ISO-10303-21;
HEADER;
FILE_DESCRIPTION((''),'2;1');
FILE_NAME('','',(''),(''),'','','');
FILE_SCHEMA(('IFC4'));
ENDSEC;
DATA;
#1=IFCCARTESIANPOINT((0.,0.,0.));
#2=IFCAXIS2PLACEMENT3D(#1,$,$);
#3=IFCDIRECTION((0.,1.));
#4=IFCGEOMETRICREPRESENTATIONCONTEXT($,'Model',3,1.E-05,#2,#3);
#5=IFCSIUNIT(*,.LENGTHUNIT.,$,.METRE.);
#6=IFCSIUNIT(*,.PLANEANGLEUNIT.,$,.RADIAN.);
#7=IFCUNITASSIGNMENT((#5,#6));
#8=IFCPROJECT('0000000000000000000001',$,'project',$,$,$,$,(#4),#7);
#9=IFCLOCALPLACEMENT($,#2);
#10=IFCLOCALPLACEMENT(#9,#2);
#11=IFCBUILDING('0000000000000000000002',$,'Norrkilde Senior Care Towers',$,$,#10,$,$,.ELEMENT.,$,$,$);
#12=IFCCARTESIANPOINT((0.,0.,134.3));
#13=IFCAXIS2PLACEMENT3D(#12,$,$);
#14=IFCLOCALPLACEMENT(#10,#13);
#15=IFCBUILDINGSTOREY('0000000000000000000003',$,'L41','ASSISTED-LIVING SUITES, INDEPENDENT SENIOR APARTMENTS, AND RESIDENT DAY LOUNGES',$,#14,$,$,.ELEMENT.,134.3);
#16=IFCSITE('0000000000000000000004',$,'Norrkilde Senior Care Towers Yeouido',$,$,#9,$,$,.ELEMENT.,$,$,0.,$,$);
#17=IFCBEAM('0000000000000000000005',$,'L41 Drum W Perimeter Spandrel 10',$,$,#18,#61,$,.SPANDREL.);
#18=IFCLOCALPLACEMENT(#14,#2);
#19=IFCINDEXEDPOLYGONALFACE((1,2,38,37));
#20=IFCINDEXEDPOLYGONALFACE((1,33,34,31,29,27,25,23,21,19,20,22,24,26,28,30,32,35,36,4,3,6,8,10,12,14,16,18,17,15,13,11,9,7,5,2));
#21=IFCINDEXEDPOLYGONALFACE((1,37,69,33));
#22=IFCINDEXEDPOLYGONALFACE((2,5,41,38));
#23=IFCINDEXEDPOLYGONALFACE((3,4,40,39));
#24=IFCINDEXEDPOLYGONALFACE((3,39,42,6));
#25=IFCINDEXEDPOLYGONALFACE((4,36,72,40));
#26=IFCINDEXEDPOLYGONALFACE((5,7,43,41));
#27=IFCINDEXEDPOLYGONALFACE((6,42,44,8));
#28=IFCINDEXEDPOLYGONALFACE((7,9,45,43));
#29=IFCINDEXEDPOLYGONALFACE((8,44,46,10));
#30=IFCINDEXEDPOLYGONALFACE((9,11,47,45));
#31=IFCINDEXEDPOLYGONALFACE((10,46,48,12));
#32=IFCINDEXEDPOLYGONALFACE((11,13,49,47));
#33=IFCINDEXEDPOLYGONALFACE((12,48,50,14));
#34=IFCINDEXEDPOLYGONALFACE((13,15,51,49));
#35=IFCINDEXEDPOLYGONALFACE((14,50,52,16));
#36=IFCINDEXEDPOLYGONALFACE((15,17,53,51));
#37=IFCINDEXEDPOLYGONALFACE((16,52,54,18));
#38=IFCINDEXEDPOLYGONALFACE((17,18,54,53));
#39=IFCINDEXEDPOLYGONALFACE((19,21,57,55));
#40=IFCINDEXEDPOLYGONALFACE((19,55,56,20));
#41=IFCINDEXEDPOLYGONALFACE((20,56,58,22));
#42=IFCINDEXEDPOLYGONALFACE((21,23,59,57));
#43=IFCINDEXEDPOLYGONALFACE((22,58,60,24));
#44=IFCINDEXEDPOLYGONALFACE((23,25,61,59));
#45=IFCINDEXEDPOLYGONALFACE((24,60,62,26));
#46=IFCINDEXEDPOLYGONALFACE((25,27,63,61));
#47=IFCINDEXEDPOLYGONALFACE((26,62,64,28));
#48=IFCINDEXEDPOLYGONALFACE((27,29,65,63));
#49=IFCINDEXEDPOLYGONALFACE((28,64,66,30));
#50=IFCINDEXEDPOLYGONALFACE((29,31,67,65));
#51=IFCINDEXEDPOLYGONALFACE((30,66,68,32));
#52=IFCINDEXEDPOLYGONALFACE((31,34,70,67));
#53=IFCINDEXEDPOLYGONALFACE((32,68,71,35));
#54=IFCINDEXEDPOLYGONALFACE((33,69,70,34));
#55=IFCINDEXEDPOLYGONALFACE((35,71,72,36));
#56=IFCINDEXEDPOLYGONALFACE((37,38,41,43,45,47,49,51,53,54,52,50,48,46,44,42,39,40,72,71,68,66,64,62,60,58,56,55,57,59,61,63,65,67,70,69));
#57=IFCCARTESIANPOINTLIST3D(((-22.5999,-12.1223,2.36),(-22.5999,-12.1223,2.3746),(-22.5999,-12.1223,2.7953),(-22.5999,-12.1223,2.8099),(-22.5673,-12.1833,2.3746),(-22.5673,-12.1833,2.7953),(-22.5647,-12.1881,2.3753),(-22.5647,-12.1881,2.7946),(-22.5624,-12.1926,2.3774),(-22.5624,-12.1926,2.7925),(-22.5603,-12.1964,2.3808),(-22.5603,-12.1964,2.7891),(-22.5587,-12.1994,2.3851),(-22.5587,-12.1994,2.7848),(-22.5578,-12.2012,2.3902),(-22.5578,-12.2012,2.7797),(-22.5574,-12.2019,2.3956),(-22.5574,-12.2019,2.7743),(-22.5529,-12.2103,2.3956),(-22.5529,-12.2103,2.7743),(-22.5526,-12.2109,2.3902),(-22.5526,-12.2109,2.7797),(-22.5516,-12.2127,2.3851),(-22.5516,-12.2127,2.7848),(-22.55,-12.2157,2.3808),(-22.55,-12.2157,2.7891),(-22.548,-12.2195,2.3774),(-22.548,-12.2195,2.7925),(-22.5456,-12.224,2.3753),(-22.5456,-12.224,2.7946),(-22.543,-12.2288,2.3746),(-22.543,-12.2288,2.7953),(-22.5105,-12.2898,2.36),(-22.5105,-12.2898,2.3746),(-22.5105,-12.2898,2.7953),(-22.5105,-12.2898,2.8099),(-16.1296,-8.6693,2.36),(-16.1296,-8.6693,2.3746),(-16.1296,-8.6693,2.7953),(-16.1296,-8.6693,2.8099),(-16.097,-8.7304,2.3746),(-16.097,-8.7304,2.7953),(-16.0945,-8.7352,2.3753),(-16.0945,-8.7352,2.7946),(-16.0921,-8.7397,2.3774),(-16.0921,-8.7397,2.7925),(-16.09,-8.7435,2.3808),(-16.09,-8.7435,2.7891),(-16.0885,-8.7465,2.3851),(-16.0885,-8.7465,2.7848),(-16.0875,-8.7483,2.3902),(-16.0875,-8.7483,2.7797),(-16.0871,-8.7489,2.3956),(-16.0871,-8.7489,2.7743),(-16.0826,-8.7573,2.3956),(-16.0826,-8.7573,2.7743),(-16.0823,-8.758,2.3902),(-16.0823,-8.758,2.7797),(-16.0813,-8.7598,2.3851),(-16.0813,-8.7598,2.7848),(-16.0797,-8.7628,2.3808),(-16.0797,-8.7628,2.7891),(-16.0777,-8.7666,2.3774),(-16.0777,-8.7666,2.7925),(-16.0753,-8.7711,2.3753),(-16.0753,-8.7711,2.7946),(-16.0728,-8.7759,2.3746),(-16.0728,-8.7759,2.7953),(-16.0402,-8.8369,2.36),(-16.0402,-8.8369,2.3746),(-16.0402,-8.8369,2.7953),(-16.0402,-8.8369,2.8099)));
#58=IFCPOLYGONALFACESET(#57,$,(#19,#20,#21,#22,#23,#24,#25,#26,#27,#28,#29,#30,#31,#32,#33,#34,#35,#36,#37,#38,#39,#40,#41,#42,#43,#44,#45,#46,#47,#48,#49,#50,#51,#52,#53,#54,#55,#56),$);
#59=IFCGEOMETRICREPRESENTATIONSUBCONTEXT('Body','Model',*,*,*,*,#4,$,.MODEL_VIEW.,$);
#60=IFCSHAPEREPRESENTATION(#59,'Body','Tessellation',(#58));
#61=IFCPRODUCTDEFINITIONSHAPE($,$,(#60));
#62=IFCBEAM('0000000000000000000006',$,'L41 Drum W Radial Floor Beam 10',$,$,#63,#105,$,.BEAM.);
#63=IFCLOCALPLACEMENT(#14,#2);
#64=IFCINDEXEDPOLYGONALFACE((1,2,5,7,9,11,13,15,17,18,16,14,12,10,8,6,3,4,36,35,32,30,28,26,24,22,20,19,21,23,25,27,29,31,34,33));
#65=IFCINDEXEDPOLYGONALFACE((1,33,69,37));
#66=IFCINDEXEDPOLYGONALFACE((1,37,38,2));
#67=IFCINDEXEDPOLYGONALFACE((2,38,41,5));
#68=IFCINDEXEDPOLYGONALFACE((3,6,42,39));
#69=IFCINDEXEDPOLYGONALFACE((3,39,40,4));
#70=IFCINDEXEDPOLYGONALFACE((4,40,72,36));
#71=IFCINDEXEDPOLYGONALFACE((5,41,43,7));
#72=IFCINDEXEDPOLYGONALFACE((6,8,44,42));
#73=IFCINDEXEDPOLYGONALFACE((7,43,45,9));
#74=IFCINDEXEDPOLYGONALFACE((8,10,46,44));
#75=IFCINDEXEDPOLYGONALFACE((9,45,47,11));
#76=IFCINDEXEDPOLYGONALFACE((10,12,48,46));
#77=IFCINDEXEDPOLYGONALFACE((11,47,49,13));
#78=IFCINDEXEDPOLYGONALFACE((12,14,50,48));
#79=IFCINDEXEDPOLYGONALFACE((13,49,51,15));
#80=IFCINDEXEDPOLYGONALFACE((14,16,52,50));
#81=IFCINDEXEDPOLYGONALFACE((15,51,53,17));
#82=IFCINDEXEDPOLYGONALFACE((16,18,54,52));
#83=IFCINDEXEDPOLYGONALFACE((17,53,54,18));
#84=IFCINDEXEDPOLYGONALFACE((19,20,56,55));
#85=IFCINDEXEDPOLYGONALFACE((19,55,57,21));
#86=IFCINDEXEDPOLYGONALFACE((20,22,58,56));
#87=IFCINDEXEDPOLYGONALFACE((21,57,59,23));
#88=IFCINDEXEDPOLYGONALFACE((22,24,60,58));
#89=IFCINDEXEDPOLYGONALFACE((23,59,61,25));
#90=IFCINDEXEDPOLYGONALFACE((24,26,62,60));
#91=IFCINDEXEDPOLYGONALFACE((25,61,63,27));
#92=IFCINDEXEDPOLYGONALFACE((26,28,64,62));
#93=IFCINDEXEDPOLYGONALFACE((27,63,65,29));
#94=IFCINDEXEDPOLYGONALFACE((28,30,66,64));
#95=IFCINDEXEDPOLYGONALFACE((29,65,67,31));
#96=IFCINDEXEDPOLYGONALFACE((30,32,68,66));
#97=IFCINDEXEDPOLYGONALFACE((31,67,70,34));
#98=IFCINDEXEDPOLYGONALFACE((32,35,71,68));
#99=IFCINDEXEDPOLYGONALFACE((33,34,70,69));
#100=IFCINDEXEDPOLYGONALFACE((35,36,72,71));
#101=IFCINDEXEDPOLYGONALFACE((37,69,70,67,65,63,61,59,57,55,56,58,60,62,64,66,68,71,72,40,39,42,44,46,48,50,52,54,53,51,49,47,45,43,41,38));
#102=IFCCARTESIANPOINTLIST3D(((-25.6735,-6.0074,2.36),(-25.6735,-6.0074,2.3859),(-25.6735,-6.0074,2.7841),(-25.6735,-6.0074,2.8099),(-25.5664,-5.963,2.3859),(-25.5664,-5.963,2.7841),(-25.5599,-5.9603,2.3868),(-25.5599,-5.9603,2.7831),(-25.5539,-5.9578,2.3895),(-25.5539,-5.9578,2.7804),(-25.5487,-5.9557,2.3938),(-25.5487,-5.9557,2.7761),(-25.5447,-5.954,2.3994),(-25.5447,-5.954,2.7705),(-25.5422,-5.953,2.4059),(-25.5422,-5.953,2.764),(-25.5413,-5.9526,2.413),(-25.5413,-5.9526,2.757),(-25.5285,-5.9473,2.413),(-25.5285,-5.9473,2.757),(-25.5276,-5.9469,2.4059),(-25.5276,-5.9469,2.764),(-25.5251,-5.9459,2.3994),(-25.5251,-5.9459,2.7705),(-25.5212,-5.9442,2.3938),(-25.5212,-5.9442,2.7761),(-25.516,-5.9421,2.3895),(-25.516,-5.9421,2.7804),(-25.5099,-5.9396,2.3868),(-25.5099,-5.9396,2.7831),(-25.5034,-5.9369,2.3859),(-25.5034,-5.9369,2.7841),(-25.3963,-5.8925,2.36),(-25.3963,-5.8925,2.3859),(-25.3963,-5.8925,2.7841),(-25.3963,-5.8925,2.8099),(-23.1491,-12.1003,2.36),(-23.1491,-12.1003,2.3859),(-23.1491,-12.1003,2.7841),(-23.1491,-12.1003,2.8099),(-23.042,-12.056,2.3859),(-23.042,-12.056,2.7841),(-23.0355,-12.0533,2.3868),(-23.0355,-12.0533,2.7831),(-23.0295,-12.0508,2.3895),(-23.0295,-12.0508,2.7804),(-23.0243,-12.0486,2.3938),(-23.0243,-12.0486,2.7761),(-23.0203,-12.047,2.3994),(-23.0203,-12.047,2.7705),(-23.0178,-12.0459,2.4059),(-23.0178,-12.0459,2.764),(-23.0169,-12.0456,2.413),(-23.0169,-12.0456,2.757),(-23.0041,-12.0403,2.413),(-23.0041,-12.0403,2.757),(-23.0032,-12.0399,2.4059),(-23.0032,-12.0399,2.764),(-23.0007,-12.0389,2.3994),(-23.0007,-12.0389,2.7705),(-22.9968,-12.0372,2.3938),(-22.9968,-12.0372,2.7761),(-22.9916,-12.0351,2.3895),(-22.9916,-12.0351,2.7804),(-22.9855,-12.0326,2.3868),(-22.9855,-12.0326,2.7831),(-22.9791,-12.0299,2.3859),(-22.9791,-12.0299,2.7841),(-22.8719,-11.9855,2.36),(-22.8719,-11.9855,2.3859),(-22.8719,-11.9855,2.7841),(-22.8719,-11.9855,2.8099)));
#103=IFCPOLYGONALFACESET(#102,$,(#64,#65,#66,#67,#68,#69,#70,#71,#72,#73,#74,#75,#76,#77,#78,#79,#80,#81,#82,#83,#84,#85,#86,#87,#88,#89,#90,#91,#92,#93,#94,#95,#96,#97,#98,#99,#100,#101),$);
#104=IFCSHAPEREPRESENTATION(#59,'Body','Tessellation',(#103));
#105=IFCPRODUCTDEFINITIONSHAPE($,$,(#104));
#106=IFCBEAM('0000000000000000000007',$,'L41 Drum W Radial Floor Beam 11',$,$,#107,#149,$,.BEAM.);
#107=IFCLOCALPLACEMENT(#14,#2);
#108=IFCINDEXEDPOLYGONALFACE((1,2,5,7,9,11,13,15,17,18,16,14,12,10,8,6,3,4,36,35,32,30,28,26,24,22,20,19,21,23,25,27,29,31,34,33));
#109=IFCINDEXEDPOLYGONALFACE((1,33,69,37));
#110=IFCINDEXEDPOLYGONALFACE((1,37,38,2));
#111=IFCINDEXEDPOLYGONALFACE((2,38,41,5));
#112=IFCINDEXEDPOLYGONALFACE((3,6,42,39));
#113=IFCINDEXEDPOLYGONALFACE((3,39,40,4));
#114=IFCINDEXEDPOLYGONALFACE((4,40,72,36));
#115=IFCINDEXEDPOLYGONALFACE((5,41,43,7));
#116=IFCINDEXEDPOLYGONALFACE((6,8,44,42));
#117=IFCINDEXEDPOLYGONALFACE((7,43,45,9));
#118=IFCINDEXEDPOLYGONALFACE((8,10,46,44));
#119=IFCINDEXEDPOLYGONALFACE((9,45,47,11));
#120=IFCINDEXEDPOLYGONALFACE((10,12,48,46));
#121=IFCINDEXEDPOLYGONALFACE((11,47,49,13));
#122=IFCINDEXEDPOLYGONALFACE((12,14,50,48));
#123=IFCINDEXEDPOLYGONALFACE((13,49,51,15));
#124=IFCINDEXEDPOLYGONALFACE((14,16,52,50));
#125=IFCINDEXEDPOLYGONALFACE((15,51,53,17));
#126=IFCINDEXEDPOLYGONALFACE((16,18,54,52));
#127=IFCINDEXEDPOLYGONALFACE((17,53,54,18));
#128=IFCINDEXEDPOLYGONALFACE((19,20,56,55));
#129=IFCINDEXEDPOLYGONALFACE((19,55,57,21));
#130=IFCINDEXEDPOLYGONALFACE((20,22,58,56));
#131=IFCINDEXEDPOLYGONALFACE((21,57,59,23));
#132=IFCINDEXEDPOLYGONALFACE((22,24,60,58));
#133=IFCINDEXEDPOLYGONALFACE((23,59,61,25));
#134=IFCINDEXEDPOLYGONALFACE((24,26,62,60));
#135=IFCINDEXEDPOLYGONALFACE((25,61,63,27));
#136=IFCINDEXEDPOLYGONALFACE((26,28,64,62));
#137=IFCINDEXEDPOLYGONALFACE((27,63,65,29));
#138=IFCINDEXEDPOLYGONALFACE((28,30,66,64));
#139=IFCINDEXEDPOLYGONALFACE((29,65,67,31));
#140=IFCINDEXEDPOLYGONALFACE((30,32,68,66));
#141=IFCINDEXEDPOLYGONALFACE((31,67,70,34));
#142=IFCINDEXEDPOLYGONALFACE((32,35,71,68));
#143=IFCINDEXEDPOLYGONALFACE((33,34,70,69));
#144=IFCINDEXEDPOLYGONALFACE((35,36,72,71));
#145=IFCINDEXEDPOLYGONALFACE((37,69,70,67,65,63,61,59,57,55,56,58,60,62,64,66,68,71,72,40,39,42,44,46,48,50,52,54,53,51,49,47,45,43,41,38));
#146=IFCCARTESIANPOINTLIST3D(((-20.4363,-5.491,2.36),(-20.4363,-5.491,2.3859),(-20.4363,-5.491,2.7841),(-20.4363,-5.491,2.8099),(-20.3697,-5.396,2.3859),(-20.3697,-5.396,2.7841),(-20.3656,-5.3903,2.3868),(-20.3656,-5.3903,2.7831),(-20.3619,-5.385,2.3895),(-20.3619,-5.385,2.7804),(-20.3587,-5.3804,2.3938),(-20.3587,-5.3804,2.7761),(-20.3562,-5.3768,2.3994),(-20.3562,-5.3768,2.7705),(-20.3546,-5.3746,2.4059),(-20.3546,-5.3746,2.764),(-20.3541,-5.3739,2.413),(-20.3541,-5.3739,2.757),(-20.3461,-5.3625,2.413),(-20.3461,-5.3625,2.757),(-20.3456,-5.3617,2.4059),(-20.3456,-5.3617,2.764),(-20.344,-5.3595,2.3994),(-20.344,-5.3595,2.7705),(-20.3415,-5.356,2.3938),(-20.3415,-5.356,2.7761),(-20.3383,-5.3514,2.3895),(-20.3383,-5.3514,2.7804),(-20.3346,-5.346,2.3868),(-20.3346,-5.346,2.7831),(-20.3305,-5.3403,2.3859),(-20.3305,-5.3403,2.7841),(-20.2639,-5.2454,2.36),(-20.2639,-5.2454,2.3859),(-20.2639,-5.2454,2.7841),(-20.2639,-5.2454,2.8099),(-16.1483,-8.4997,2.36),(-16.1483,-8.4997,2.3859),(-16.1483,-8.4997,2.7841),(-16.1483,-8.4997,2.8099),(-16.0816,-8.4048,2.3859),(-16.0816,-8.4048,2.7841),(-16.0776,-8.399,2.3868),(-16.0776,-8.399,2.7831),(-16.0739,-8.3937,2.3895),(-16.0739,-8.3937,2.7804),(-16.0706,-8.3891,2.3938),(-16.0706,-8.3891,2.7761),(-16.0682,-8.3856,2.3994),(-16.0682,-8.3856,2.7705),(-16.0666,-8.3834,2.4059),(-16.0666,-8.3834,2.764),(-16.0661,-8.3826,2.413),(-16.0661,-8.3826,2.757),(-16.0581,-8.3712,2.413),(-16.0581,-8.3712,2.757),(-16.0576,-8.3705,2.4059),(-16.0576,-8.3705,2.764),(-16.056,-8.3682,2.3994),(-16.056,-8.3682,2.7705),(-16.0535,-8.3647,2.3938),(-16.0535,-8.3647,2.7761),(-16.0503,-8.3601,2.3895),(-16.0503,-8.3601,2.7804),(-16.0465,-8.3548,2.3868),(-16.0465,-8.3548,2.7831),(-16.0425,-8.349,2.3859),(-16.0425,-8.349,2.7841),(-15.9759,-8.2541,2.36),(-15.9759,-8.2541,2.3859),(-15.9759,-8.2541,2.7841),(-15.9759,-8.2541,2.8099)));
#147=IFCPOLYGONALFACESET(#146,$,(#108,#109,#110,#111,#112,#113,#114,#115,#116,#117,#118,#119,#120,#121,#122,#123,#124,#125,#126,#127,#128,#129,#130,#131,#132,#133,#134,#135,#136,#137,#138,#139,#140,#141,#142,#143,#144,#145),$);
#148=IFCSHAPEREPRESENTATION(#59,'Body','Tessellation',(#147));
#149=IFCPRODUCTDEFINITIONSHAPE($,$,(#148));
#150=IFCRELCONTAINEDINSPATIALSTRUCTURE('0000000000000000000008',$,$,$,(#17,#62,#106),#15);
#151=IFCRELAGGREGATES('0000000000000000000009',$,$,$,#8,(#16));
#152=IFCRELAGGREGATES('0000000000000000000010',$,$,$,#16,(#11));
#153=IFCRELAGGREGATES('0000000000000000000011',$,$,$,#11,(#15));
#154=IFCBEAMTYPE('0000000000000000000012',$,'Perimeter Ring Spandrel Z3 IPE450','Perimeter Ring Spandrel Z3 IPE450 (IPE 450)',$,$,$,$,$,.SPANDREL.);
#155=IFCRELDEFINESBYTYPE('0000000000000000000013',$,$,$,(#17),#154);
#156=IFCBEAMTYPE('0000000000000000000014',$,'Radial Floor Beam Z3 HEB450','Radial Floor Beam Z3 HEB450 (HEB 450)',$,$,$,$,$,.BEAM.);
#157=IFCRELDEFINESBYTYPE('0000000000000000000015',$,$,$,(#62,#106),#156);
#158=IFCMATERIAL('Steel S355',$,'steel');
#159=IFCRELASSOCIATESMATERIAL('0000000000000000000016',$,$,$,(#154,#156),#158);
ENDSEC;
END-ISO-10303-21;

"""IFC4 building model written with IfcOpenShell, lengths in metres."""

from ifc_helpers import new_model, si_unit, direction, frame, origin, origin_2d, place, context, subcontext, project, spatial, i_section, extrude, source, transform, mapped, material, material_profile, profile_set, type_object, element, save


model = new_model("IFC4")

# Units and contexts
model_context = context("Model", 3, precision=1e-05, world=origin(), true_north=direction((0.0, 1.0)))
body_context = subcontext(model_context, "Body", "Model", "MODEL_VIEW")
ifc_project = project(units=[si_unit("LENGTHUNIT", "METRE"), si_unit("PLANEANGLEUNIT", "RADIAN")], contexts=[model_context])

# Site, building, storey
site_placement = place(None, origin())
site = spatial("IfcSite", under=ifc_project, at=site_placement, Name="Norrkilde Senior Care Towers Yeouido", CompositionType="ELEMENT", RefElevation=0.0)
building_placement = place(site_placement, origin())
building = spatial("IfcBuilding", under=site, at=building_placement, Name="Norrkilde Senior Care Towers", CompositionType="ELEMENT")
storey_placement = place(building_placement, frame((0.0, 0.0, 134.3)))
storey = spatial("IfcBuildingStorey", under=building, at=storey_placement, Name="L41", Description="ASSISTED-LIVING SUITES, INDEPENDENT SENIOR APARTMENTS, AND RESIDENT DAY LOUNGES", CompositionType="ELEMENT", Elevation=134.3)

# Beams
ifc_material_1 = material(Name="Steel S355", Category="steel")
ifc_material_profile_1 = material_profile(ifc_material_1, i_section(OverallWidth=0.1899, OverallDepth=0.45, WebThickness=0.0095, FlangeThickness=0.0146, FilletRadius=0.021, at=origin_2d()), Name="IPE 450")
ifc_profile_set_1 = profile_set([ifc_material_profile_1], Name="Steel S355")
beam_type_1 = type_object("IfcBeamType", Name="Perimeter Ring Spandrel Z3 IPE450", Description="Perimeter Ring Spandrel Z3 IPE450 (IPE 450)", PredefinedType="SPANDREL", material=ifc_profile_set_1)
shared_shape_1 = source(origin(), body_context, "Body", "SweptSolid", [
    extrude(i_section(OverallWidth=0.1899, OverallDepth=0.45, WebThickness=0.0095, FlangeThickness=0.0146, FilletRadius=0.021, at=origin_2d()), origin(), (0.0, 0.0, 1.0), 7.334),
])
beam_1_placement = place(storey_placement, frame((-22.5552, -12.2061, 2.585), z_axis=(0.882234, 0.470811, 0.0), x_axis=(-0.470811, 0.882234, 0.0)))
element("IfcBeam", 1, at=beam_1_placement, inside=storey, type_object=beam_type_1, Name="L41 Drum W Perimeter Spandrel 10", PredefinedType="SPANDREL", context=body_context, shape_type="MappedRepresentation", body=[
    mapped(shared_shape_1, transform((0.0, 0.0, 0.0), x_axis=(1.0, 0.0, 0.0), y_axis=(0.0, 1.0, 0.0), z_axis=(0.0, 0.0, 1.0), scale=1.0)),
])
ifc_material_profile_2 = material_profile(ifc_material_1, i_section(OverallWidth=0.3, OverallDepth=0.45, WebThickness=0.0139, FlangeThickness=0.0259, FilletRadius=0.0271, at=origin_2d()), Name="HEB 450")
ifc_profile_set_2 = profile_set([ifc_material_profile_2], Name="Steel S355")
beam_type_2 = type_object("IfcBeamType", Name="Radial Floor Beam Z3 HEB450", Description="Radial Floor Beam Z3 HEB450 (HEB 450)", PredefinedType="BEAM", material=ifc_profile_set_2)
shared_shape_2 = source(origin(), body_context, "Body", "SweptSolid", [
    extrude(i_section(OverallWidth=0.3, OverallDepth=0.45, WebThickness=0.0139, FlangeThickness=0.0259, FilletRadius=0.0271, at=origin_2d()), origin(), (0.0, 0.0, 1.0), 6.5952),
])
beam_2_placement = place(storey_placement, frame((-25.5349, -5.95, 2.585), z_axis=(0.382762, -0.923847, 0.0), x_axis=(0.923847, 0.382762, 0.0)))
element("IfcBeam", 2, at=beam_2_placement, inside=storey, type_object=beam_type_2, Name="L41 Drum W Radial Floor Beam 10", PredefinedType="BEAM", context=body_context, shape_type="MappedRepresentation", body=[
    mapped(shared_shape_2, transform((0.0, 0.0, 0.0), x_axis=(1.0, 0.0, 0.0), y_axis=(0.0, 1.0, 0.0), z_axis=(0.0, 0.0, 1.0), scale=1.0)),
])
shared_shape_3 = source(origin(), body_context, "Body", "SweptSolid", [
    extrude(i_section(OverallWidth=0.3, OverallDepth=0.45, WebThickness=0.0139, FlangeThickness=0.0259, FilletRadius=0.0271, at=origin_2d()), origin(), (0.0, 0.0, 1.0), 5.2383),
])
beam_3_placement = place(storey_placement, frame((-20.3501, -5.3682, 2.585), z_axis=(0.818592, -0.574375, 0.0), x_axis=(0.574375, 0.818592, 0.0)))
element("IfcBeam", 3, at=beam_3_placement, inside=storey, type_object=beam_type_2, Name="L41 Drum W Radial Floor Beam 11", PredefinedType="BEAM", context=body_context, shape_type="MappedRepresentation", body=[
    mapped(shared_shape_3, transform((0.0, 0.0, 0.0), x_axis=(1.0, 0.0, 0.0), y_axis=(0.0, 1.0, 0.0), z_axis=(0.0, 0.0, 1.0), scale=1.0)),
])

save(model, "model.ifc")
